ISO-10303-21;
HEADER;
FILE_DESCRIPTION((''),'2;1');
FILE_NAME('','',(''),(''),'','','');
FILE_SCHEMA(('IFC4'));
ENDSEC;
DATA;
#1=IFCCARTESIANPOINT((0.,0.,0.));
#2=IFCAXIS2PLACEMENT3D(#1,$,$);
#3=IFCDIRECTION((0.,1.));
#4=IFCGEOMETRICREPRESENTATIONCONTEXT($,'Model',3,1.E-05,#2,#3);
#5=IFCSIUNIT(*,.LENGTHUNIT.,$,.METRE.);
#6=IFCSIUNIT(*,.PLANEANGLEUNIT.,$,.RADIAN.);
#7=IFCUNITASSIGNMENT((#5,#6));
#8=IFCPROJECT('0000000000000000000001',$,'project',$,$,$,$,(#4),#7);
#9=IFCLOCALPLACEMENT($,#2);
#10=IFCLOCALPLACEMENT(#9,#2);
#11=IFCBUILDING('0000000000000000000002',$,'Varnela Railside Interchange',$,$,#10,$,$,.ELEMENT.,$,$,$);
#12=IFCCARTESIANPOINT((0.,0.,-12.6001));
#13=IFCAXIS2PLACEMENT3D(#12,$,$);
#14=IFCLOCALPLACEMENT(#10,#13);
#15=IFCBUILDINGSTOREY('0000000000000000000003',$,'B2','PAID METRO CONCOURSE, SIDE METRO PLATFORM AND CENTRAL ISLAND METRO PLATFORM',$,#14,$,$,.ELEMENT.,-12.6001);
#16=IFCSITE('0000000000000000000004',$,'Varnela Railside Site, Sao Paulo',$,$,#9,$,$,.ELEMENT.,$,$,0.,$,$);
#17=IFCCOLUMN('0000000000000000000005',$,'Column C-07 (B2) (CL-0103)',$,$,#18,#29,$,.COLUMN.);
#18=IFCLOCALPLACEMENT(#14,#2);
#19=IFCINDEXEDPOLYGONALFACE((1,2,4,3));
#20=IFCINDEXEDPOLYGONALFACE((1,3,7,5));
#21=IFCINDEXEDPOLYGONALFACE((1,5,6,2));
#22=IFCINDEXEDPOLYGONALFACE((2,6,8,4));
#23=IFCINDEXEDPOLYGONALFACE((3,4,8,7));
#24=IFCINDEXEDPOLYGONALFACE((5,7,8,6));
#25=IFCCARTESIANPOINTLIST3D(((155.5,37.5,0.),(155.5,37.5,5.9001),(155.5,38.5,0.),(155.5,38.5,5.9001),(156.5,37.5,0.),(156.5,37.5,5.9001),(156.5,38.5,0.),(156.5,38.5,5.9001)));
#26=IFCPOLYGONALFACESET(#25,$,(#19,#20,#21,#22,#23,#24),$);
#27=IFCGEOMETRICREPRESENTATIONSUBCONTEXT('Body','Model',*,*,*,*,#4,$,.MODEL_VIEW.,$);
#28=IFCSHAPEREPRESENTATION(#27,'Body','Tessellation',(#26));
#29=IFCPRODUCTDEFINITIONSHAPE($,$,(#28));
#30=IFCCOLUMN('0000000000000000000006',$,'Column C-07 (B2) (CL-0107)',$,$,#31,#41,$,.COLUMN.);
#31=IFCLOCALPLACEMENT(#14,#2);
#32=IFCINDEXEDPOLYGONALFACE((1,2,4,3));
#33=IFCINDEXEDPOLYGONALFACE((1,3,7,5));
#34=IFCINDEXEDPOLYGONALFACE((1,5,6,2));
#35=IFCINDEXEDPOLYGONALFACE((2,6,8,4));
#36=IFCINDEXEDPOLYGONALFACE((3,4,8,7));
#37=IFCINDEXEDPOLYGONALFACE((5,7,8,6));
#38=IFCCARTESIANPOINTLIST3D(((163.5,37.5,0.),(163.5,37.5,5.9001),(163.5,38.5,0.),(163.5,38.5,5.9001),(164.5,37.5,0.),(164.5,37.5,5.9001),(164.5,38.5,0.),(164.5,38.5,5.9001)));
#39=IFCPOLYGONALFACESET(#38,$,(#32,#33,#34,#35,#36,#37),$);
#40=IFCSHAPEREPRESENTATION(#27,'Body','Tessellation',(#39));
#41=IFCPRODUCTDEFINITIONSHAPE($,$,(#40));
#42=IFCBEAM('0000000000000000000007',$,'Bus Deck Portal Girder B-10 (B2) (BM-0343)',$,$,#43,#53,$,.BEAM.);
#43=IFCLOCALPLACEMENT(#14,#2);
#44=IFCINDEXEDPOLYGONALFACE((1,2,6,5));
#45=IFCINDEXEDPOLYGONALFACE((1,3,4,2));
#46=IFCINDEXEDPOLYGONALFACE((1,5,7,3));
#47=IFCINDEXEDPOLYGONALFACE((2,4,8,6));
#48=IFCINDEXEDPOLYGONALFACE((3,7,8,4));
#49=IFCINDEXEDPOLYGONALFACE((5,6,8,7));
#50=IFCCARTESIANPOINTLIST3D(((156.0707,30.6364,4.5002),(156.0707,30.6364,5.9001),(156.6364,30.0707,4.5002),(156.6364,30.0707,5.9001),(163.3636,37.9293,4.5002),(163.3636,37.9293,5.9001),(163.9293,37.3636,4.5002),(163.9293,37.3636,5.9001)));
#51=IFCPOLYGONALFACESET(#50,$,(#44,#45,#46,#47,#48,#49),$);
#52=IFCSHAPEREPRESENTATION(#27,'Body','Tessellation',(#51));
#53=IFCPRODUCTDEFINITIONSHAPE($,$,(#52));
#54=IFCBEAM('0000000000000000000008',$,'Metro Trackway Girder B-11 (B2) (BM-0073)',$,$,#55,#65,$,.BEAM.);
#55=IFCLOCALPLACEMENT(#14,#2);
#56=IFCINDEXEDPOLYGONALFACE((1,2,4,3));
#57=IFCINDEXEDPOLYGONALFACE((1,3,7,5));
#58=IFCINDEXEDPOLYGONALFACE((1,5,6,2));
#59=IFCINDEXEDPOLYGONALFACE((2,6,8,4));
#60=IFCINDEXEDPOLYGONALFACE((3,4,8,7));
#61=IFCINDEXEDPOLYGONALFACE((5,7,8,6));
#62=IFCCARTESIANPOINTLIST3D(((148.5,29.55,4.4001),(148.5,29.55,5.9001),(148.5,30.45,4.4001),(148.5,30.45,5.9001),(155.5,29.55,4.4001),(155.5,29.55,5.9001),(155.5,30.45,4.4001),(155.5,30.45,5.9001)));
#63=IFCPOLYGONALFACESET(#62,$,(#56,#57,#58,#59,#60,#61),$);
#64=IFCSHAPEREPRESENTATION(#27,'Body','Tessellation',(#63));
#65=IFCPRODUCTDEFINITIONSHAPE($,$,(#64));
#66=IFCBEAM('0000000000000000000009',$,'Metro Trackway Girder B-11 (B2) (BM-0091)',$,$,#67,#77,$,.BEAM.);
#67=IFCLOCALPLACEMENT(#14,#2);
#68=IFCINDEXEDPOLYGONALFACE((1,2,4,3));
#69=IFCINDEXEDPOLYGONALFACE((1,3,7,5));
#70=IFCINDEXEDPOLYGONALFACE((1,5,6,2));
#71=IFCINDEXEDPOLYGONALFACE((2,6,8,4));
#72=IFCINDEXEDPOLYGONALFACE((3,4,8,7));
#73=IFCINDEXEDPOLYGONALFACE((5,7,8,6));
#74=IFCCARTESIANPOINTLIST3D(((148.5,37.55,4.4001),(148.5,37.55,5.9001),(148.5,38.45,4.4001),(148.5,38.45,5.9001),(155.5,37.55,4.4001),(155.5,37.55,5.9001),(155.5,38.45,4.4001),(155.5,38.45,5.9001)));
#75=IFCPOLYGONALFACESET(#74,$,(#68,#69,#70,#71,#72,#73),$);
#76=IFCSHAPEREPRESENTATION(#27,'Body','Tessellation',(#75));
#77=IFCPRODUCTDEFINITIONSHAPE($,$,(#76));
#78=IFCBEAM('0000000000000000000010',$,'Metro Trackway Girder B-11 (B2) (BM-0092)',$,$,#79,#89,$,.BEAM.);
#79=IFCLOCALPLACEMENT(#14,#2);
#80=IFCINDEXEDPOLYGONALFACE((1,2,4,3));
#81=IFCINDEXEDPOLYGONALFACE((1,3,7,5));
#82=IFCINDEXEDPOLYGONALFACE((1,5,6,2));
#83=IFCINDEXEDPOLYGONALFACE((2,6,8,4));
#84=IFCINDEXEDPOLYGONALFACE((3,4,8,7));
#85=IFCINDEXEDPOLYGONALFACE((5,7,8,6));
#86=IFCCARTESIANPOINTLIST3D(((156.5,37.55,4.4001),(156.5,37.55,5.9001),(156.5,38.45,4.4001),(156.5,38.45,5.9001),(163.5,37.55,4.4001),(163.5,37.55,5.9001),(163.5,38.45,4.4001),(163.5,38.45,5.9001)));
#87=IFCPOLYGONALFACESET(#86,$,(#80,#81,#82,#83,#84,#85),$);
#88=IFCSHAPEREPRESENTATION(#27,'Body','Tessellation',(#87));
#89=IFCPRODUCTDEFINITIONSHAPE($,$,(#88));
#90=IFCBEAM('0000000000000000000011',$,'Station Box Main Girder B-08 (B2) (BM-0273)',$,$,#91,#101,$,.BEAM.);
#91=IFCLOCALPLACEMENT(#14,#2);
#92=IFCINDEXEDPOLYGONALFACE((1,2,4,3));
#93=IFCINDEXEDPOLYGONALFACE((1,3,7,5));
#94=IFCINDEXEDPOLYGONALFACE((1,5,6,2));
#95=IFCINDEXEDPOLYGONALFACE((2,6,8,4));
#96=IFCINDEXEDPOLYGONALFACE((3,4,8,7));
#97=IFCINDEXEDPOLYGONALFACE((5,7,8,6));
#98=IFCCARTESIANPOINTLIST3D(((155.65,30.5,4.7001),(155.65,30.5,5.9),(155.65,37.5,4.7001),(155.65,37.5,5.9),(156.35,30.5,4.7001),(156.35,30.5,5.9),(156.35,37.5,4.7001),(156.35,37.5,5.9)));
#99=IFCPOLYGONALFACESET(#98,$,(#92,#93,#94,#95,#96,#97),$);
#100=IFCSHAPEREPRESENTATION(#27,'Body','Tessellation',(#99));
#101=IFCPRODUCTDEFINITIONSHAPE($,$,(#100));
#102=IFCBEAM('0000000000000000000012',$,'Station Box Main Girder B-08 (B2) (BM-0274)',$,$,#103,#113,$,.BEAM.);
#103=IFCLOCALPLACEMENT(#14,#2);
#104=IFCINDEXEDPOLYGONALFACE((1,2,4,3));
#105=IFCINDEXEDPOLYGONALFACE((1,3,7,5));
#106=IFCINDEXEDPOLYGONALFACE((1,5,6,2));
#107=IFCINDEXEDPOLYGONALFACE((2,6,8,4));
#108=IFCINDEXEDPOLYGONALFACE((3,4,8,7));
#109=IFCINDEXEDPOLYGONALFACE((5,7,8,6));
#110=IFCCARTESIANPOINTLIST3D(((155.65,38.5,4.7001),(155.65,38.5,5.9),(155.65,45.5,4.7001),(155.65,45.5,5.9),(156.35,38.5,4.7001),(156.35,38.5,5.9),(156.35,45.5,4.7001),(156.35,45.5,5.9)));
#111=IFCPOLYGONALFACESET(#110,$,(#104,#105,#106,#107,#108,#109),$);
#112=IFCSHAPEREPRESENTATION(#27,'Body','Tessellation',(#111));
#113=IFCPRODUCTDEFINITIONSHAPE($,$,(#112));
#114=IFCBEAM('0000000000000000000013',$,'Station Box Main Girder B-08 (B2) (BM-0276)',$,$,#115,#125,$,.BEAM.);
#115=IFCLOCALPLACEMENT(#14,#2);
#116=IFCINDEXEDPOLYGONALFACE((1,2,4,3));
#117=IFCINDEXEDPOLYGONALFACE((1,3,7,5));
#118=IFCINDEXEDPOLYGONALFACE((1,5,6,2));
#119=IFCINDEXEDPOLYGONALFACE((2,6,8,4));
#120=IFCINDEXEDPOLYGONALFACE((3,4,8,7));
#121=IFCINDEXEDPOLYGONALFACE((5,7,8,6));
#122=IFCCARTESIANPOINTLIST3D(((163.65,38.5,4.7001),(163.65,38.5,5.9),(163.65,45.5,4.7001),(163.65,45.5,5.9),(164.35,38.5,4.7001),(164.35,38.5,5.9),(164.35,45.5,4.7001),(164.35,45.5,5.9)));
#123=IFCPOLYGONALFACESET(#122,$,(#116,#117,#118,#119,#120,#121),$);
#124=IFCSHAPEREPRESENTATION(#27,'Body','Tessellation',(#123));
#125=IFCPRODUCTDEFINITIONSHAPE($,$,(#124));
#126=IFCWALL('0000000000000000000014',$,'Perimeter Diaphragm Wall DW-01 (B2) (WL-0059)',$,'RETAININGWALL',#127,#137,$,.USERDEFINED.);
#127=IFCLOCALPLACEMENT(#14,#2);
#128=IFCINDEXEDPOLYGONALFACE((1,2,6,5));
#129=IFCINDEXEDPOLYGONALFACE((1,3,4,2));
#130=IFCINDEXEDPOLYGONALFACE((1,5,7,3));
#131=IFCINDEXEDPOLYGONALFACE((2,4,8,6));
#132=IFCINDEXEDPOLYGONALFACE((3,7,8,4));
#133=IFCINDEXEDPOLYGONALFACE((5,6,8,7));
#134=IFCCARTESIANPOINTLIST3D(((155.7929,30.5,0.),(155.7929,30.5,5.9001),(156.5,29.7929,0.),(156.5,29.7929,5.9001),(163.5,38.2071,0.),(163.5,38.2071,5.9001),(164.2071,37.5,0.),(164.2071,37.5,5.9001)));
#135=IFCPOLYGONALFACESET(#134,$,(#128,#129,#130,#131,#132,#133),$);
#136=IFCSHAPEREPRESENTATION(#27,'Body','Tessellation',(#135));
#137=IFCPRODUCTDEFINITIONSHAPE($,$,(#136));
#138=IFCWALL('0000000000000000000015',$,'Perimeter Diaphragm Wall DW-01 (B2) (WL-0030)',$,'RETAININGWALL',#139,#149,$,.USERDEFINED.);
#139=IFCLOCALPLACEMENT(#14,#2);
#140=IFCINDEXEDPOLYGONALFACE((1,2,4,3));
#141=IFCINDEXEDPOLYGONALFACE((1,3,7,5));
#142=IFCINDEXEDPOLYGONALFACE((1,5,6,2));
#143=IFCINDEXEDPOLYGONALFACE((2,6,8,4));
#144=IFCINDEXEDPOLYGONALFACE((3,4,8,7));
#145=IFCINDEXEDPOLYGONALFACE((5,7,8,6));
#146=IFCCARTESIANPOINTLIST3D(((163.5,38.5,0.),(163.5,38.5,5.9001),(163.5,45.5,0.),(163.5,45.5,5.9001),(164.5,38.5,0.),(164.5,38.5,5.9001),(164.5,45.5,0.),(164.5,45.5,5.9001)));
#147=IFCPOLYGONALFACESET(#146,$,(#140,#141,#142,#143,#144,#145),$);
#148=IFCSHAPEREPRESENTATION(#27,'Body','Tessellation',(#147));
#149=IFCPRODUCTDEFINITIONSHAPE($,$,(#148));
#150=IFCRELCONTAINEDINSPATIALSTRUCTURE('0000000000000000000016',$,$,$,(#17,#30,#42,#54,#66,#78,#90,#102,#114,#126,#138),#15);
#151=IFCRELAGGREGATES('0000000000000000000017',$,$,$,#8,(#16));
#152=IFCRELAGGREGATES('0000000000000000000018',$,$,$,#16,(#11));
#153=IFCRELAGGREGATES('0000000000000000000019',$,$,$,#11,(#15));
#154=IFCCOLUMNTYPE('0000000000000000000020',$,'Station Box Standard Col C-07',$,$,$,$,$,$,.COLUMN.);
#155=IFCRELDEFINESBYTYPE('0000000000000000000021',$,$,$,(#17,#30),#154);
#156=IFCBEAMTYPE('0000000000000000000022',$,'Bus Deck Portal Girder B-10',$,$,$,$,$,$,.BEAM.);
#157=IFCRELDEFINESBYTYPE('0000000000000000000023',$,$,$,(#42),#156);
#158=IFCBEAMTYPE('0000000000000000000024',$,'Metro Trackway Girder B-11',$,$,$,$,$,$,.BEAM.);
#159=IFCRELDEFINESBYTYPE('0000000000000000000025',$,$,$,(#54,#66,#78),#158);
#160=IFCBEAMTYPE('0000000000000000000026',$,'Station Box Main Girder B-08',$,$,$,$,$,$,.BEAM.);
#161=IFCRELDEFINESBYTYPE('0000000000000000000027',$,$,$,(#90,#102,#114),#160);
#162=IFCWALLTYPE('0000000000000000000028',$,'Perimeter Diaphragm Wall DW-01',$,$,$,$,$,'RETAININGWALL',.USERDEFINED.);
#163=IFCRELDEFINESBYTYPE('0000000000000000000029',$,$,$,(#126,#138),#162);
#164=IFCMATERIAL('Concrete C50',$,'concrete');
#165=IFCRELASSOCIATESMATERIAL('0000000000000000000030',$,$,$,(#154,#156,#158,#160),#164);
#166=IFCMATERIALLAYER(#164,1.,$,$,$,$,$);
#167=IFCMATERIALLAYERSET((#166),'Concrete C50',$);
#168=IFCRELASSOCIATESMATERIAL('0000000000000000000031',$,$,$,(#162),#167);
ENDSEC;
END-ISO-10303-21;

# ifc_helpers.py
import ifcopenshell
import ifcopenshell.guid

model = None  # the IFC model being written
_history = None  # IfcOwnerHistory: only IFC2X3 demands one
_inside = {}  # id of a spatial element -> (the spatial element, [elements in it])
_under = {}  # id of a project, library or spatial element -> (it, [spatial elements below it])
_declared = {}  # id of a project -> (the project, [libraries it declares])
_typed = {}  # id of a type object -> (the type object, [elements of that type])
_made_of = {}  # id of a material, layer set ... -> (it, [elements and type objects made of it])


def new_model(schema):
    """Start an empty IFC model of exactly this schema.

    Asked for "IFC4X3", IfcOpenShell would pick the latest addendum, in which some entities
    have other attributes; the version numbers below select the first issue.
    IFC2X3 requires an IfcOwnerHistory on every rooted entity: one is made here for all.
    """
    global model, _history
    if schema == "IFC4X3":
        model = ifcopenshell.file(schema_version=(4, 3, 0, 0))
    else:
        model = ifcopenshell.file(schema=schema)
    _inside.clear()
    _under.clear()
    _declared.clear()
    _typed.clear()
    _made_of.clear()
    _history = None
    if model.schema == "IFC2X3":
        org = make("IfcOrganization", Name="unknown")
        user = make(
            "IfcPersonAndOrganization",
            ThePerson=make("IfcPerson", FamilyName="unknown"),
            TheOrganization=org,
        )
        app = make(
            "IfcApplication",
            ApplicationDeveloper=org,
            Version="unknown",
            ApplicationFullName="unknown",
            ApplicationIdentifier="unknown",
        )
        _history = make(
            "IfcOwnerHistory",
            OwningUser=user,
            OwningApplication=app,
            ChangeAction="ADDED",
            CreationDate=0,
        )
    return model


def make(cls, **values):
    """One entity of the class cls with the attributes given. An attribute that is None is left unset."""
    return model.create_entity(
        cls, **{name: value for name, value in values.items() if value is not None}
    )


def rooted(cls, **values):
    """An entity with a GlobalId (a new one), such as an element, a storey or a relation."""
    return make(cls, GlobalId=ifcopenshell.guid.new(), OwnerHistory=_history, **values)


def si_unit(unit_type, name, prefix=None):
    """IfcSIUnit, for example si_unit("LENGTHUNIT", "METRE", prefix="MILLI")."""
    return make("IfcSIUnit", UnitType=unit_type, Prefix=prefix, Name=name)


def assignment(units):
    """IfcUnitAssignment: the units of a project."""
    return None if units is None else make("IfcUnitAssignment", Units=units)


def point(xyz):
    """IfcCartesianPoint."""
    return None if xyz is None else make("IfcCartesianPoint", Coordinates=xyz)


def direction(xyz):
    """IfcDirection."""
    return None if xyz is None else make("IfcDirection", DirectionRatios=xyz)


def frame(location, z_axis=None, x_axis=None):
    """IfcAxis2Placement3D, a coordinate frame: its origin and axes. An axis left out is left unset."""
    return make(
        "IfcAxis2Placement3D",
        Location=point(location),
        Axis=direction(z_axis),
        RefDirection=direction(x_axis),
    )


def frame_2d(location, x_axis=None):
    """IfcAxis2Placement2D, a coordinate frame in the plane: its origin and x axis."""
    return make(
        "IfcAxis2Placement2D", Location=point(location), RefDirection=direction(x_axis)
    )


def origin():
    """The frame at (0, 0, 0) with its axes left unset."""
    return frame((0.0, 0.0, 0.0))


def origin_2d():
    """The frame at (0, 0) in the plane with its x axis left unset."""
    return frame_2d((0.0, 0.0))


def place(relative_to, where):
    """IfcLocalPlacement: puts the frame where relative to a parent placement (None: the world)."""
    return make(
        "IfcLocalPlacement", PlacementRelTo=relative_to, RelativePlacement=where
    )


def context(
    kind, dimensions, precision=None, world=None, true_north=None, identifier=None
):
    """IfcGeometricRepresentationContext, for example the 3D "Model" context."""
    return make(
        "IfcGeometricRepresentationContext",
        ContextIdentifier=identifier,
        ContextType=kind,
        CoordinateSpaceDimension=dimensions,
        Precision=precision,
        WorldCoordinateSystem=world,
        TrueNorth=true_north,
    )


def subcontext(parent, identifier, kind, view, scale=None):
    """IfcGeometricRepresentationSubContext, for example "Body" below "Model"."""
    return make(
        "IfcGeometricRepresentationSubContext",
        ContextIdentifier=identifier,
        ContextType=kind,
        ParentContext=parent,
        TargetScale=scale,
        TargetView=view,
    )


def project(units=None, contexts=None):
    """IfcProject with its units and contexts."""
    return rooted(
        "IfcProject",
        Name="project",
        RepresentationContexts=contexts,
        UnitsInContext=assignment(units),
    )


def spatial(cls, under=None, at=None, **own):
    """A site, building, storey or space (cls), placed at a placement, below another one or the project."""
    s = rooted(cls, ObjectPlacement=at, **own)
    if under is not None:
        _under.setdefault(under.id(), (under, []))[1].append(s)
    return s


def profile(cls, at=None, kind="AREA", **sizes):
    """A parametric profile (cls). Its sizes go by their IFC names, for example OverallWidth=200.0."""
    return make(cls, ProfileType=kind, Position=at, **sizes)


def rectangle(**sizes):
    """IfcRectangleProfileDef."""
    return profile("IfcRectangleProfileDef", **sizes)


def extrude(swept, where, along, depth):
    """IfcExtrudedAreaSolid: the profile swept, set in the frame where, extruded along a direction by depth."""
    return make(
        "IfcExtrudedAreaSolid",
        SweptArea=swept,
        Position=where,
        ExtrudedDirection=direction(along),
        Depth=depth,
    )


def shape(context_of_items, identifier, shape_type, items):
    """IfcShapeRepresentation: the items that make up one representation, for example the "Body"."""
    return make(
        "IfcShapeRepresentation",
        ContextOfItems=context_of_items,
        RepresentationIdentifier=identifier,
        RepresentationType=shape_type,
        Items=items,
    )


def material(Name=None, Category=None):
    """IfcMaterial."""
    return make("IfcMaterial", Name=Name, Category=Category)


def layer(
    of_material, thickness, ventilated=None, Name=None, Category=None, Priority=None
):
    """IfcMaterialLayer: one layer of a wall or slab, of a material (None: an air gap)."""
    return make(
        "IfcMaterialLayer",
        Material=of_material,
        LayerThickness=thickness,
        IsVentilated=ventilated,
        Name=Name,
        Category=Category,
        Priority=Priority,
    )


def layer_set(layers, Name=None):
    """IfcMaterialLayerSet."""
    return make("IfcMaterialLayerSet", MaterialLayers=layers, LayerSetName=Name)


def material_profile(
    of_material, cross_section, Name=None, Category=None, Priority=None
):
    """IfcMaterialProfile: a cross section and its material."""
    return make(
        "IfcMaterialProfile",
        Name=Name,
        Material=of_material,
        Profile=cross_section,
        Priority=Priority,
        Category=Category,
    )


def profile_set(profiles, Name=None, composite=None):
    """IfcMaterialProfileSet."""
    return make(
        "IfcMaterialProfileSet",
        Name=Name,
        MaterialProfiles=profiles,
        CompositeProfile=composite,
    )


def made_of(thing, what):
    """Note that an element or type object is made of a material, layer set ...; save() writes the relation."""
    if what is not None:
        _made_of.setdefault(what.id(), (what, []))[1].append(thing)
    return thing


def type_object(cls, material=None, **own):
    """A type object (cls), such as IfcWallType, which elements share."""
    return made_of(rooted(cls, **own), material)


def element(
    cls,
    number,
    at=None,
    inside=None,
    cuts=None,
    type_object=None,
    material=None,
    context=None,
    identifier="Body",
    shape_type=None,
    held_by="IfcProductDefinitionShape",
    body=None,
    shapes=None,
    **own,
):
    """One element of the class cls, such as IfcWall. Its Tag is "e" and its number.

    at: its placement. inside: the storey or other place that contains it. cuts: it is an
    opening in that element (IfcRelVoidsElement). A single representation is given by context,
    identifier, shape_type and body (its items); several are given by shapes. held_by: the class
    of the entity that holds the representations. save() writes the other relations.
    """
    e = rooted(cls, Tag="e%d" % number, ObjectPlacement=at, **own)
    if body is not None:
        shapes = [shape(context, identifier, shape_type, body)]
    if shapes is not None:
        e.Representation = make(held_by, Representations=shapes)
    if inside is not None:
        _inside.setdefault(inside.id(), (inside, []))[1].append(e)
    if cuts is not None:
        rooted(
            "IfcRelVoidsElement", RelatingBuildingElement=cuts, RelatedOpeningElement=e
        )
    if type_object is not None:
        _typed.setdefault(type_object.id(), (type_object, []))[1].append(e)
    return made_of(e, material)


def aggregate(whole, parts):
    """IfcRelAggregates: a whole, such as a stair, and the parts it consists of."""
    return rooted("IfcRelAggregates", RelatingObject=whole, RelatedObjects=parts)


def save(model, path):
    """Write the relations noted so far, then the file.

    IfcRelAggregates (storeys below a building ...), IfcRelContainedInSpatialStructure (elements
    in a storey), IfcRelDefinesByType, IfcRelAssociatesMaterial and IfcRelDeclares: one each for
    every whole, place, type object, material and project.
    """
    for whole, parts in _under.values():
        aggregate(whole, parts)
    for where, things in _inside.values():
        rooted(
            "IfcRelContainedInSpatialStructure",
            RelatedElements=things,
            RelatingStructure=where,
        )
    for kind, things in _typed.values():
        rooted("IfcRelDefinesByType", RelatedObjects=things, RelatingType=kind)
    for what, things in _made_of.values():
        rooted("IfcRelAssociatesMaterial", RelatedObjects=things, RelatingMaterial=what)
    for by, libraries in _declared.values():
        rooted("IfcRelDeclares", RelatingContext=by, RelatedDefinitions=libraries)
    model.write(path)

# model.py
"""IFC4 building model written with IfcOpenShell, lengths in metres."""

from ifc_helpers import new_model, si_unit, direction, frame, frame_2d, origin, origin_2d, place, context, subcontext, project, spatial, rectangle, extrude, material, layer, layer_set, material_profile, profile_set, type_object, element, save


model = new_model("IFC4")

# Units and contexts
model_context = context("Model", 3, precision=1e-05, world=origin(), true_north=direction((0.0, 1.0)))
body_context = subcontext(model_context, "Body", "Model", "MODEL_VIEW")
ifc_project = project(units=[si_unit("LENGTHUNIT", "METRE"), si_unit("PLANEANGLEUNIT", "RADIAN")], contexts=[model_context])

# Site, building, storey
site_placement = place(None, origin())
site = spatial("IfcSite", under=ifc_project, at=site_placement, Name="Varnela Railside Site, Sao Paulo", CompositionType="ELEMENT", RefElevation=0.0)
building_placement = place(site_placement, origin())
building = spatial("IfcBuilding", under=site, at=building_placement, Name="Varnela Railside Interchange", CompositionType="ELEMENT")
storey_placement = place(building_placement, frame((0.0, 0.0, -12.6001)))
storey = spatial("IfcBuildingStorey", under=building, at=storey_placement, Name="B2", Description="PAID METRO CONCOURSE, SIDE METRO PLATFORM AND CENTRAL ISLAND METRO PLATFORM", CompositionType="ELEMENT", Elevation=-12.6001)

# Shared definitions
ifc_material_1 = material(Name="Concrete C50", Category="concrete")

# Columns
ifc_material_profile_1 = material_profile(ifc_material_1, rectangle(XDim=1.0, YDim=1.0, at=origin_2d()), Name="RC 1000x1000")
ifc_profile_set_1 = profile_set([ifc_material_profile_1], Name="Concrete C50")
column_type = type_object("IfcColumnType", Name="Station Box Standard Col C-07", PredefinedType="COLUMN", material=ifc_profile_set_1)
for number, where, z_axis, x_axis, name in (
    (1, (156.0, 38.0, 0.0), (0.0, 0.0, 1.0), (1.0, 0.0, 0.0), "Column C-07 (B2) (CL-0103)"),
    (2, (164.0, 38.0, 0.0), (0.0, 0.0, 1.0), (1.0, 0.0, 0.0), "Column C-07 (B2) (CL-0107)"),
):
    element("IfcColumn", number, at=place(storey_placement, frame(where, z_axis=z_axis, x_axis=x_axis)), inside=storey, type_object=column_type, Name=name, PredefinedType="COLUMN", context=body_context, shape_type="SweptSolid", body=[
        extrude(rectangle(XDim=1.0, YDim=1.0, at=origin_2d()), origin(), (0.0, 0.0, 1.0), 5.9001),
    ])

# Beams
ifc_material_profile_2 = material_profile(ifc_material_1, rectangle(XDim=0.8, YDim=1.3999, at=origin_2d()), Name="RC 800x1400")
ifc_profile_set_2 = profile_set([ifc_material_profile_2], Name="Concrete C50")
beam_type_1 = type_object("IfcBeamType", Name="Bus Deck Portal Girder B-10", PredefinedType="BEAM", material=ifc_profile_set_2)
beam_placement = place(storey_placement, frame((156.3535, 30.3535, 5.2002), z_axis=(0.707107, 0.707107, 0.0), x_axis=(-0.707107, 0.707107, 0.0)))
element("IfcBeam", 3, at=beam_placement, inside=storey, type_object=beam_type_1, Name="Bus Deck Portal Girder B-10 (B2) (BM-0343)", PredefinedType="BEAM", context=body_context, shape_type="SweptSolid", body=[
    extrude(rectangle(XDim=0.8, YDim=1.3999, at=origin_2d()), origin(), (0.0, 0.0, 1.0), 10.3137),
])
ifc_material_profile_3 = material_profile(ifc_material_1, rectangle(XDim=0.8999, YDim=1.5, at=origin_2d()), Name="RC 900x1500")
ifc_profile_set_3 = profile_set([ifc_material_profile_3], Name="Concrete C50")
beam_type_2 = type_object("IfcBeamType", Name="Metro Trackway Girder B-11", PredefinedType="BEAM", material=ifc_profile_set_3)
for number, where, z_axis, x_axis, name in (
    (4, (148.5, 30.0, 5.1501), (1.0, 0.0, 0.0), (0.0, 1.0, 0.0), "Metro Trackway Girder B-11 (B2) (BM-0073)"),
    (5, (148.5, 38.0, 5.1501), (1.0, 0.0, 0.0), (0.0, 1.0, 0.0), "Metro Trackway Girder B-11 (B2) (BM-0091)"),
    (6, (156.5, 38.0, 5.1501), (1.0, 0.0, 0.0), (0.0, 1.0, 0.0), "Metro Trackway Girder B-11 (B2) (BM-0092)"),
):
    element("IfcBeam", number, at=place(storey_placement, frame(where, z_axis=z_axis, x_axis=x_axis)), inside=storey, type_object=beam_type_2, Name=name, PredefinedType="BEAM", context=body_context, shape_type="SweptSolid", body=[
        extrude(rectangle(XDim=0.8999, YDim=1.5, at=origin_2d()), origin(), (0.0, 0.0, 1.0), 7.0),
    ])
ifc_material_profile_4 = material_profile(ifc_material_1, rectangle(XDim=0.7, YDim=1.2, at=origin_2d()), Name="RC 700x1200")
ifc_profile_set_4 = profile_set([ifc_material_profile_4], Name="Concrete C50")
beam_type_3 = type_object("IfcBeamType", Name="Station Box Main Girder B-08", PredefinedType="BEAM", material=ifc_profile_set_4)
for number, where, z_axis, x_axis, name in (
    (7, (156.0, 30.5, 5.3), (0.0, 1.0, 0.0), (-1.0, 0.0, 0.0), "Station Box Main Girder B-08 (B2) (BM-0273)"),
    (8, (156.0, 38.5, 5.3), (0.0, 1.0, 0.0), (-1.0, 0.0, 0.0), "Station Box Main Girder B-08 (B2) (BM-0274)"),
    (9, (164.0, 38.5, 5.3), (0.0, 1.0, 0.0), (-1.0, 0.0, 0.0), "Station Box Main Girder B-08 (B2) (BM-0276)"),
):
    element("IfcBeam", number, at=place(storey_placement, frame(where, z_axis=z_axis, x_axis=x_axis)), inside=storey, type_object=beam_type_3, Name=name, PredefinedType="BEAM", context=body_context, shape_type="SweptSolid", body=[
        extrude(rectangle(XDim=0.7, YDim=1.2, at=origin_2d()), origin(), (0.0, 0.0, 1.0), 7.0),
    ])

# Walls
ifc_layer = layer(ifc_material_1, 1.0)
ifc_layer_set = layer_set([ifc_layer], Name="Concrete C50")
wall_type = type_object("IfcWallType", Name="Perimeter Diaphragm Wall DW-01", ElementType="RETAININGWALL", PredefinedType="USERDEFINED", material=ifc_layer_set)
wall_1_placement = place(storey_placement, frame((156.1465, 30.1465, 0.0), z_axis=(0.0, 0.0, 1.0), x_axis=(0.707107, 0.707107, 0.0)))
element("IfcWall", 10, at=wall_1_placement, inside=storey, type_object=wall_type, Name="Perimeter Diaphragm Wall DW-01 (B2) (WL-0059)", ObjectType="RETAININGWALL", PredefinedType="USERDEFINED", context=body_context, shape_type="SweptSolid", body=[
    extrude(rectangle(XDim=10.8994, YDim=1.0, at=frame_2d((5.4497, 0.0))), origin(), (0.0, 0.0, 1.0), 5.9001),
])
wall_2_placement = place(storey_placement, frame((164.0, 38.5, 0.0), z_axis=(0.0, 0.0, 1.0), x_axis=(0.0, 1.0, 0.0)))
element("IfcWall", 11, at=wall_2_placement, inside=storey, type_object=wall_type, Name="Perimeter Diaphragm Wall DW-01 (B2) (WL-0030)", ObjectType="RETAININGWALL", PredefinedType="USERDEFINED", context=body_context, shape_type="SweptSolid", body=[
    extrude(rectangle(XDim=7.0, YDim=1.0, at=frame_2d((3.5, 0.0))), origin(), (0.0, 0.0, 1.0), 5.9001),
])

save(model, "model.ifc")
